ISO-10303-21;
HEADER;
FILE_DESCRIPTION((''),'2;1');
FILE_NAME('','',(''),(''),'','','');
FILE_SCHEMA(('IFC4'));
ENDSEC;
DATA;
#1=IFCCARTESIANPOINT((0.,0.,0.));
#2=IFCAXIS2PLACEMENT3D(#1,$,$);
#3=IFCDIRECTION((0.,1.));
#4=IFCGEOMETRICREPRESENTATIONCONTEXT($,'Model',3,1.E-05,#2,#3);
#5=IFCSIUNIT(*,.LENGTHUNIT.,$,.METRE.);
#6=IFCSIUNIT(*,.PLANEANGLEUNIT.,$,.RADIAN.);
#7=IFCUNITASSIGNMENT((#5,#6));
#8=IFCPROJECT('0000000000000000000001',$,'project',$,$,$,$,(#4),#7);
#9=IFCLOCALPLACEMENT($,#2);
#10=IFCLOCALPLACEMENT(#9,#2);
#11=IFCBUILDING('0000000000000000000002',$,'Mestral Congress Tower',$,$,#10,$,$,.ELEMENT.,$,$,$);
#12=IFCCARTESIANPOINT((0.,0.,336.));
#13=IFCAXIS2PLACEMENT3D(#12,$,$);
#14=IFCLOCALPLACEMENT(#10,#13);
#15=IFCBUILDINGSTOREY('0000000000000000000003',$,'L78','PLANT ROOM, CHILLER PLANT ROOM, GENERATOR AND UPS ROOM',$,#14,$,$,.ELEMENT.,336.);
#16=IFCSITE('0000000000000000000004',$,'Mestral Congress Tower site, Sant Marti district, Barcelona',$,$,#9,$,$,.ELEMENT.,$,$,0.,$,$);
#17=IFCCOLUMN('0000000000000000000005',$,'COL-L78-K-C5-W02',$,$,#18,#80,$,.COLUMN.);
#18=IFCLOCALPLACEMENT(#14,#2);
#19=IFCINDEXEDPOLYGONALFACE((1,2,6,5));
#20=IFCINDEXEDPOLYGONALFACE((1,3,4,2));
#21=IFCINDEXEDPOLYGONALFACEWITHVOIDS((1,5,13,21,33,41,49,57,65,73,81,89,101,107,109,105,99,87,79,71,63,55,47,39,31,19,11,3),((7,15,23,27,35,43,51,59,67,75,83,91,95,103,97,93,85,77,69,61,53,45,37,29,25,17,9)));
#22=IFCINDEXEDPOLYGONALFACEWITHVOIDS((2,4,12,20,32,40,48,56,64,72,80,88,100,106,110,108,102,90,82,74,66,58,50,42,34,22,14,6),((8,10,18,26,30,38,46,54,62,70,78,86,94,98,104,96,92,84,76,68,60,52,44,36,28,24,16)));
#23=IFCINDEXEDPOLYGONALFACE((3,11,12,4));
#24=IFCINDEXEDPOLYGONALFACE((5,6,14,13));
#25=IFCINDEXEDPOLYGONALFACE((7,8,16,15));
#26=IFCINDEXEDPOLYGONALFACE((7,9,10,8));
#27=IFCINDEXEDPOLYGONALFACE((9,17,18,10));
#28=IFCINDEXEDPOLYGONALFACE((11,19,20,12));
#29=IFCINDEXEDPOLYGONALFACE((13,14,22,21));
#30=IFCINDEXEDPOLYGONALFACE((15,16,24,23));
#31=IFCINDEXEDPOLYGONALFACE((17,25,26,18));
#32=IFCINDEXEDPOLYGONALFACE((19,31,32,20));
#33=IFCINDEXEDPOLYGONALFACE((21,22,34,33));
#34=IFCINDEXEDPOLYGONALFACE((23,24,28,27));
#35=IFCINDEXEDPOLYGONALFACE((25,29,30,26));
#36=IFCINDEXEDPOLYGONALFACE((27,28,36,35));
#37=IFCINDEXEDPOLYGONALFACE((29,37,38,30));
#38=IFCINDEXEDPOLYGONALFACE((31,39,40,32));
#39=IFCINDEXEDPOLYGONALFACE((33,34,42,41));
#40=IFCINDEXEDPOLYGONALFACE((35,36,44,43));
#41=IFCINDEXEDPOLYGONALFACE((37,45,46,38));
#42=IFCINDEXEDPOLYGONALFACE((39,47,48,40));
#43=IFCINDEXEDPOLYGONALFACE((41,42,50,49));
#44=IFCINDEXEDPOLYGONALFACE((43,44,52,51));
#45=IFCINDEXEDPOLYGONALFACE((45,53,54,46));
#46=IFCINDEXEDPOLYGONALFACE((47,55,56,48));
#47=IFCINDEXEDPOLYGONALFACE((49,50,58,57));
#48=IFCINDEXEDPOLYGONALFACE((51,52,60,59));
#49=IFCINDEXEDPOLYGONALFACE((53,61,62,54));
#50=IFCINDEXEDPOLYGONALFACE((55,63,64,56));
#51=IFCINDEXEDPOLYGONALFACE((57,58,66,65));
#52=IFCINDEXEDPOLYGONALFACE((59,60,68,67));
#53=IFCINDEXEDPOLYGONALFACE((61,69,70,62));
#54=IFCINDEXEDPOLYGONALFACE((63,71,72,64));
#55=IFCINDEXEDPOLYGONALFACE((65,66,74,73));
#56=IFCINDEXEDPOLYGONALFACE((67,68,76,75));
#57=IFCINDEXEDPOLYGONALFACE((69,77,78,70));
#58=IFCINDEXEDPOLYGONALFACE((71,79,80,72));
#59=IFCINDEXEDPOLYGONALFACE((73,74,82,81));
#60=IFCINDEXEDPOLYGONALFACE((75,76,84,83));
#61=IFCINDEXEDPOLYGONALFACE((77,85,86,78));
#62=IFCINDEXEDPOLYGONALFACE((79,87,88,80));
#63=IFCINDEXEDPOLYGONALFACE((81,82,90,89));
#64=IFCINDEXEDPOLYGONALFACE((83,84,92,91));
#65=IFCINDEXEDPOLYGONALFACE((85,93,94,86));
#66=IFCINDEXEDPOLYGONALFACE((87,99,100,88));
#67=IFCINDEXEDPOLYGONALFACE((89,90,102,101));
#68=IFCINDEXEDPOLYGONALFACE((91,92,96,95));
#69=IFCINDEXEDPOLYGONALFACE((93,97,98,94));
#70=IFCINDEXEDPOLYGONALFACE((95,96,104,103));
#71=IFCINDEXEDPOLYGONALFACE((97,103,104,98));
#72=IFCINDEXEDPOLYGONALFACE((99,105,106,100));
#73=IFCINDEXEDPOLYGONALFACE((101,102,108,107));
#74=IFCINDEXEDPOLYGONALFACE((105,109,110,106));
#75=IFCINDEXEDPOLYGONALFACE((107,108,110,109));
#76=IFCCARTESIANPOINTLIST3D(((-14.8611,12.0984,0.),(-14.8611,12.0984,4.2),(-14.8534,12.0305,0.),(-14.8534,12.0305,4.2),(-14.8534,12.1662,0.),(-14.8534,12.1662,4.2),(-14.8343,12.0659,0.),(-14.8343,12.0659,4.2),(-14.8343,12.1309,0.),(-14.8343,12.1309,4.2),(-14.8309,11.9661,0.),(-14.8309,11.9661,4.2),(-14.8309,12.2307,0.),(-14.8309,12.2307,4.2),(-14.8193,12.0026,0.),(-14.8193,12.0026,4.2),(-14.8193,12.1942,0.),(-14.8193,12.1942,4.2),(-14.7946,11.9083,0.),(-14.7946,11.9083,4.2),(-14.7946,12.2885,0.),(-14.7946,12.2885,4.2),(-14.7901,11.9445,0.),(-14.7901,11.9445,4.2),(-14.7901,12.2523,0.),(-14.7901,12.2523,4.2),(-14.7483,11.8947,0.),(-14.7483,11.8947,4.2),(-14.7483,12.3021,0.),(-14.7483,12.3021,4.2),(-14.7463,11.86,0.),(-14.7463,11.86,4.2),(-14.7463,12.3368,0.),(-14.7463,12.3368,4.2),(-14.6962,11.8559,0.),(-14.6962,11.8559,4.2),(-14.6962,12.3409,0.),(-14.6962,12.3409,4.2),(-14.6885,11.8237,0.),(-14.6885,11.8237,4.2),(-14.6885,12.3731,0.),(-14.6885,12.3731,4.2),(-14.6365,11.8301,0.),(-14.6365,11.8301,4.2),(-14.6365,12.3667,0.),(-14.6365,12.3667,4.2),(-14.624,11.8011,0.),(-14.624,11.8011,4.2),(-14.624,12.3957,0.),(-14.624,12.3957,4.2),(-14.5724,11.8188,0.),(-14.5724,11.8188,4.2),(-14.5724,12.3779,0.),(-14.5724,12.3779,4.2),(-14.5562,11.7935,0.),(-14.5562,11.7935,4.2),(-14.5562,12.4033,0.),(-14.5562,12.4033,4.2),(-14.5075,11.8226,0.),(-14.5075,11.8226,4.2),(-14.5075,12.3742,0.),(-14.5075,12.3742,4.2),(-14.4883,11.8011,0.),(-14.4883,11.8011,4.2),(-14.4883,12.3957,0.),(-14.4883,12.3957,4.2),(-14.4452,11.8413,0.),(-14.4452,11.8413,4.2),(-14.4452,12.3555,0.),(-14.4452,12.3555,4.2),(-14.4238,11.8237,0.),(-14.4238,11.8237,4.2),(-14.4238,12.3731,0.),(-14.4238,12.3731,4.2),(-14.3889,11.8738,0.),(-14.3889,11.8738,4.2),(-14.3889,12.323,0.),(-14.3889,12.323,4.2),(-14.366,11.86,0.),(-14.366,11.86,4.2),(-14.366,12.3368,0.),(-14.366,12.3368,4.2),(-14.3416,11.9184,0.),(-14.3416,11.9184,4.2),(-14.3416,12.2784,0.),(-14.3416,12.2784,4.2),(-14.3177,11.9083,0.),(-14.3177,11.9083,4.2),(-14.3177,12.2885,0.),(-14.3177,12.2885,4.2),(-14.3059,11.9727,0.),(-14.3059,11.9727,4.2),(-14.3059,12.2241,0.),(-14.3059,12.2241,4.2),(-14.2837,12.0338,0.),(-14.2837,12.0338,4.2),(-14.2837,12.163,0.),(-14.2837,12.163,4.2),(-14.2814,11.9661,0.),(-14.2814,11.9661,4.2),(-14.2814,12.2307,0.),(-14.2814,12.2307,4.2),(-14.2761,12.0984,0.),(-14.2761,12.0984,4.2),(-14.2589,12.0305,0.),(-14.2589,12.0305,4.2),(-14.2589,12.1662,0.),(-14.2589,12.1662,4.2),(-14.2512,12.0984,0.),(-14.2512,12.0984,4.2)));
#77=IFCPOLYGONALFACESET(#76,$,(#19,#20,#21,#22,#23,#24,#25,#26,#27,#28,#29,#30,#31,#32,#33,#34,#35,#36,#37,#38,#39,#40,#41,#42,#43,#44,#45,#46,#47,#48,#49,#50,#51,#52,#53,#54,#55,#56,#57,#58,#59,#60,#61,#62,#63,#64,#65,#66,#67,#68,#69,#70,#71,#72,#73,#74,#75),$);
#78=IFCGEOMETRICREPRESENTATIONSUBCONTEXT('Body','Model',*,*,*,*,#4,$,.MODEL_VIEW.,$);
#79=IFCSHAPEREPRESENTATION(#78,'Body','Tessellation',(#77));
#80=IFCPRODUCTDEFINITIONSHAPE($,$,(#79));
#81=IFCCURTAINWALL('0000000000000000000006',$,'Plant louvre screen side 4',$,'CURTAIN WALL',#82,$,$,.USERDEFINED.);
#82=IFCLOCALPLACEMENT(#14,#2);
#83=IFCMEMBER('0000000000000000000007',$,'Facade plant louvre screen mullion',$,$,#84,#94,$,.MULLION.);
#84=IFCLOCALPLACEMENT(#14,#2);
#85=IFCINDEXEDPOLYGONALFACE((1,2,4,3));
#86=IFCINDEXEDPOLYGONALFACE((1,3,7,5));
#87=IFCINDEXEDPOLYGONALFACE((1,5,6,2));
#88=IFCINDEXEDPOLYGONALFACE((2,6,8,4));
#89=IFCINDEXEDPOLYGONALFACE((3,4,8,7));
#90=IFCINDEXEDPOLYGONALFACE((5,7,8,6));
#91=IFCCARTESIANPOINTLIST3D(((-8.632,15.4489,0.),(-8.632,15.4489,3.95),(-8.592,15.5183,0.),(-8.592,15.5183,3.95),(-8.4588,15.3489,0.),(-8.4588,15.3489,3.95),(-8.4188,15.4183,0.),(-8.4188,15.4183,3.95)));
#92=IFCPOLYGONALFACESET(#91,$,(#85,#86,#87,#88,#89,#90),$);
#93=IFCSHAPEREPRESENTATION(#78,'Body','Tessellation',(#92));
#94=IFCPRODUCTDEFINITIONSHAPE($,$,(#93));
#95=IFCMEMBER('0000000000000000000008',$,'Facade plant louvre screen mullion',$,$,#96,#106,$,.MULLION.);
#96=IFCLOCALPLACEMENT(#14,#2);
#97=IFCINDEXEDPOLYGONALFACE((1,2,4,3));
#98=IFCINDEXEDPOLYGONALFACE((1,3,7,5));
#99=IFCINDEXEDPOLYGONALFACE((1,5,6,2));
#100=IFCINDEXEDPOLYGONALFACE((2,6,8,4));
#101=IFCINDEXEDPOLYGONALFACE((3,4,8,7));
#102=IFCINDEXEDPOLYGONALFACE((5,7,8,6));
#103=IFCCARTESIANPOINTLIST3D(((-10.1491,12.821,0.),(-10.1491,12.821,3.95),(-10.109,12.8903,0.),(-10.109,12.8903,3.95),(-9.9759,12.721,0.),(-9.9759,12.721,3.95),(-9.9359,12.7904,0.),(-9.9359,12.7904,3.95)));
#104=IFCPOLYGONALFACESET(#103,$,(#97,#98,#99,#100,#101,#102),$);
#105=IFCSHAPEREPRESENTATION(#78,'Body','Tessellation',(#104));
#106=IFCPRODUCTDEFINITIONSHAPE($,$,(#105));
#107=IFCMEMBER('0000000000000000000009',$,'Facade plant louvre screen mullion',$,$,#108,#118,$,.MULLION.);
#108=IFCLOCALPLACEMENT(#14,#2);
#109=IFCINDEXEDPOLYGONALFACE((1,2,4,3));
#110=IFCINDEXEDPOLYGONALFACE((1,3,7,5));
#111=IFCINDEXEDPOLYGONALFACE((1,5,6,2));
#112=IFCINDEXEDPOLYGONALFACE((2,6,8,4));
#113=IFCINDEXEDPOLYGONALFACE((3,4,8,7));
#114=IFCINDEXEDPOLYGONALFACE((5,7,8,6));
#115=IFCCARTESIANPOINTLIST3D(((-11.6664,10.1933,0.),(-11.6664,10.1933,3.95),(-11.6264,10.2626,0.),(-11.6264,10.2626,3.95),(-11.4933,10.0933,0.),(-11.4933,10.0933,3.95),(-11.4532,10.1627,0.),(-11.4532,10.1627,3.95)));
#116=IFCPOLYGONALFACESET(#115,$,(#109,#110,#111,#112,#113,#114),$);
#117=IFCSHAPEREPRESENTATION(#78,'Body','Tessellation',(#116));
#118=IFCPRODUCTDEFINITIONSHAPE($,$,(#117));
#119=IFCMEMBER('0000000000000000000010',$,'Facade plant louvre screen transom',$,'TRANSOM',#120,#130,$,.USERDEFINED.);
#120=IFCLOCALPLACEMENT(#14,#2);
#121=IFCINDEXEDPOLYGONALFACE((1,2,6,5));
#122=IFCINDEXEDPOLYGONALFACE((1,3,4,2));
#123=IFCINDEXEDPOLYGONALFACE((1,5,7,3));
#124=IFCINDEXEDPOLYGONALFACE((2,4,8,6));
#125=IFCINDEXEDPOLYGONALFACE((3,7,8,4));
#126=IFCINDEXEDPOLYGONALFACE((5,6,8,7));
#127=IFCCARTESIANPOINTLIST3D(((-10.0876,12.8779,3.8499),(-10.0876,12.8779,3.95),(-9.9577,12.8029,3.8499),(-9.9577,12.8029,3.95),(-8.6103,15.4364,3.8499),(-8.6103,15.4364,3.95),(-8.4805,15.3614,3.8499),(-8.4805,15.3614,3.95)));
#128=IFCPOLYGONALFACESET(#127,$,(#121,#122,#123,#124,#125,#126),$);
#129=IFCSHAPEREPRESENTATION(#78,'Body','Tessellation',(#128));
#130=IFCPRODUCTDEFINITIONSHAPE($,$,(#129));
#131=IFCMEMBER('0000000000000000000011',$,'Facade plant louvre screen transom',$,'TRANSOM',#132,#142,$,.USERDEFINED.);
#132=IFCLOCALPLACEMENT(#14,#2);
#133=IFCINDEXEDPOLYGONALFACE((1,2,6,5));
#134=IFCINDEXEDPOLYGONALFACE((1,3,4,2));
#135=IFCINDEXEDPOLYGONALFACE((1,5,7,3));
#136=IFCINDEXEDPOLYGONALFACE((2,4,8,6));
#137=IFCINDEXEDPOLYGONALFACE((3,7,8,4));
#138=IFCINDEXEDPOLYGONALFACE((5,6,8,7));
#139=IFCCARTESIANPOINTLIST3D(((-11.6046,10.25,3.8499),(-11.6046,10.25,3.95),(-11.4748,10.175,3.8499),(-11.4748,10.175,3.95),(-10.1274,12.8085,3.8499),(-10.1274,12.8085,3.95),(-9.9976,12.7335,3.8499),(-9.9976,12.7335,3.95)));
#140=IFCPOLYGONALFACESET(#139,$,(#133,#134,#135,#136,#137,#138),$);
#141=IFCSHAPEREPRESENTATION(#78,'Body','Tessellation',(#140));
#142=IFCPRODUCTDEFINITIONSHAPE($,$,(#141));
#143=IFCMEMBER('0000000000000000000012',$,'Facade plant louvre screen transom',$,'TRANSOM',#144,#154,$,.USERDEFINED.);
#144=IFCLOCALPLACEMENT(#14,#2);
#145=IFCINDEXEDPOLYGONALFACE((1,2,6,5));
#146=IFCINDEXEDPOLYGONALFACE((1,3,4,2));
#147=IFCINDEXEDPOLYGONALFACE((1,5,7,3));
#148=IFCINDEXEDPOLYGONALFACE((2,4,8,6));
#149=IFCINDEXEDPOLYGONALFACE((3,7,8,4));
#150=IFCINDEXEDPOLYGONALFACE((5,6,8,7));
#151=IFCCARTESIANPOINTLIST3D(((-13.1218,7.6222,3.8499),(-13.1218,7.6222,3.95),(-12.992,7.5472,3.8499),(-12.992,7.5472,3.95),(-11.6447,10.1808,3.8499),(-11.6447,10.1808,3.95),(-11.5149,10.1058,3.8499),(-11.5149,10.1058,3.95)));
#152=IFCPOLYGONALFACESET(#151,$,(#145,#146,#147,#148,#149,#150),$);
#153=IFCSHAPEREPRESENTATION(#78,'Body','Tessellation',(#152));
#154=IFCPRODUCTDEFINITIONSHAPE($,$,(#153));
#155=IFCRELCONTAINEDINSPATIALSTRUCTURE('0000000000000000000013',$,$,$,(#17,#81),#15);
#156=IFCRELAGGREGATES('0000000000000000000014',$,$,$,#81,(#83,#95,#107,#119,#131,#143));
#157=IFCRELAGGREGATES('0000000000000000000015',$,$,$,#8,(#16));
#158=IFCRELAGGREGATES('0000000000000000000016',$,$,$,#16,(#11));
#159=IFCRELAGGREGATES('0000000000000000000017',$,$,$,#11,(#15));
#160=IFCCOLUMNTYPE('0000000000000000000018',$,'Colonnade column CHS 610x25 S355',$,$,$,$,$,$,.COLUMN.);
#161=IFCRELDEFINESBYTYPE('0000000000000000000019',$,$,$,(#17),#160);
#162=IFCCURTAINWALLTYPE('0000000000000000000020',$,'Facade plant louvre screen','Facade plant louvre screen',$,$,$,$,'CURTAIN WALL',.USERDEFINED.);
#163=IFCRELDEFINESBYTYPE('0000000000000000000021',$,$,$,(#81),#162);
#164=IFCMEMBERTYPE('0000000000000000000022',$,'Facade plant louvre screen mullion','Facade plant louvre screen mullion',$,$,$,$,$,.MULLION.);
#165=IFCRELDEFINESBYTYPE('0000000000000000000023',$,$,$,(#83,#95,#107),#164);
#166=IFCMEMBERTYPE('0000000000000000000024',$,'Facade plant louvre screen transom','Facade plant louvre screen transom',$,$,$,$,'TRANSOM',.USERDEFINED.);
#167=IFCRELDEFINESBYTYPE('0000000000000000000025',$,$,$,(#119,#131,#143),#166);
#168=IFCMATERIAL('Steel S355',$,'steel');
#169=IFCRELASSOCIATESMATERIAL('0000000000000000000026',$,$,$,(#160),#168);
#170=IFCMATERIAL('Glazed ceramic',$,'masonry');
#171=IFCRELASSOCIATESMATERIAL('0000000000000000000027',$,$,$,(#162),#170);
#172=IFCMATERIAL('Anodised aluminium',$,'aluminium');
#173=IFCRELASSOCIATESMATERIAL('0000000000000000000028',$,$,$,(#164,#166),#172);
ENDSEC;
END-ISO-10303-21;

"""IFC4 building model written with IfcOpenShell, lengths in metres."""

from ifc_helpers import new_model, si_unit, direction, frame, origin, origin_2d, place, context, subcontext, project, spatial, rectangle, hollow_circle, extrude, material, material_profile, profile_set, type_object, element, aggregate, save


model = new_model("IFC4")

# Units and contexts
model_context = context("Model", 3, precision=1e-05, world=origin(), true_north=direction((0.0, 1.0)))
body_context = subcontext(model_context, "Body", "Model", "MODEL_VIEW")
ifc_project = project(units=[si_unit("LENGTHUNIT", "METRE"), si_unit("PLANEANGLEUNIT", "RADIAN")], contexts=[model_context])

# Site, building, storey
site_placement = place(None, origin())
site = spatial("IfcSite", under=ifc_project, at=site_placement, Name="Mestral Congress Tower site, Sant Marti district, Barcelona", CompositionType="ELEMENT", RefElevation=0.0)
building_placement = place(site_placement, origin())
building = spatial("IfcBuilding", under=site, at=building_placement, Name="Mestral Congress Tower", CompositionType="ELEMENT")
storey_placement = place(building_placement, frame((0.0, 0.0, 336.0)))
storey = spatial("IfcBuildingStorey", under=building, at=storey_placement, Name="L78", Description="PLANT ROOM, CHILLER PLANT ROOM, GENERATOR AND UPS ROOM", CompositionType="ELEMENT", Elevation=336.0)

# Column
ifc_material_1 = material(Name="Steel S355", Category="steel")
ifc_material_profile_1 = material_profile(ifc_material_1, hollow_circle(Radius=0.3049, WallThickness=0.0249, at=origin_2d()), Name="CHS 610x25")
ifc_profile_set_1 = profile_set([ifc_material_profile_1], Name="Steel S355")
column_type = type_object("IfcColumnType", Name="Colonnade column CHS 610x25 S355", PredefinedType="COLUMN", material=ifc_profile_set_1)
column_placement = place(storey_placement, frame((-14.5562, 12.0984, 0.0), z_axis=(0.0, 0.0, 1.0), x_axis=(1.0, 0.0, 0.0)))
element("IfcColumn", 1, at=column_placement, inside=storey, type_object=column_type, Name="COL-L78-K-C5-W02", PredefinedType="COLUMN", context=body_context, shape_type="SweptSolid", body=[
    extrude(hollow_circle(Radius=0.3049, WallThickness=0.0249, at=origin_2d()), origin(), (0.0, 0.0, 1.0), 4.2),
])

# Curtain wall, members
ifc_material_2 = material(Name="Glazed ceramic", Category="masonry")
curtain_wall_type = type_object("IfcCurtainWallType", Name="Facade plant louvre screen", Description="Facade plant louvre screen", ElementType="CURTAIN WALL", PredefinedType="USERDEFINED", material=ifc_material_2)
placement = place(storey_placement, origin())
curtain_wall = element("IfcCurtainWall", 2, at=placement, inside=storey, type_object=curtain_wall_type, Name="Plant louvre screen side 4", ObjectType="CURTAIN WALL", PredefinedType="USERDEFINED")
ifc_material_3 = material(Name="Anodised aluminium", Category="aluminium")
ifc_material_profile_2 = material_profile(ifc_material_3, rectangle(XDim=0.2, YDim=0.0801, at=origin_2d()), Name="CW6 mullion 200 x 80")
ifc_profile_set_2 = profile_set([ifc_material_profile_2], Name="Anodised aluminium")
member_type_1 = type_object("IfcMemberType", Name="Facade plant louvre screen mullion", Description="Facade plant louvre screen mullion", PredefinedType="MULLION", material=ifc_profile_set_2)
member_1_placement = place(storey_placement, frame((-8.5254, 15.4336, 0.0), z_axis=(0.0, 0.0, 1.0), x_axis=(-0.866025, 0.500002, 0.0)))
member_1 = element("IfcMember", 3, at=member_1_placement, type_object=member_type_1, Name="Facade plant louvre screen mullion", PredefinedType="MULLION", context=body_context, shape_type="SweptSolid", body=[
    extrude(rectangle(XDim=0.2, YDim=0.0801, at=origin_2d()), origin(), (0.0, 0.0, 1.0), 3.95),
])
member_2_placement = place(storey_placement, frame((-10.0425, 12.8057, 0.0), z_axis=(0.0, 0.0, 1.0), x_axis=(-0.866025, 0.500002, 0.0)))
member_2 = element("IfcMember", 4, at=member_2_placement, type_object=member_type_1, Name="Facade plant louvre screen mullion", PredefinedType="MULLION", context=body_context, shape_type="SweptSolid", body=[
    extrude(rectangle(XDim=0.2, YDim=0.0801, at=origin_2d()), origin(), (0.0, 0.0, 1.0), 3.95),
])
member_3_placement = place(storey_placement, frame((-11.5598, 10.178, 0.0), z_axis=(0.0, 0.0, 1.0), x_axis=(-0.866025, 0.500002, 0.0)))
member_3 = element("IfcMember", 5, at=member_3_placement, type_object=member_type_1, Name="Facade plant louvre screen mullion", PredefinedType="MULLION", context=body_context, shape_type="SweptSolid", body=[
    extrude(rectangle(XDim=0.2, YDim=0.0801, at=origin_2d()), origin(), (0.0, 0.0, 1.0), 3.95),
])
ifc_material_profile_3 = material_profile(ifc_material_3, rectangle(XDim=0.1499, YDim=0.1001, at=origin_2d()), Name="CW6 transom 150 x 100")
ifc_profile_set_3 = profile_set([ifc_material_profile_3], Name="Anodised aluminium")
member_type_2 = type_object("IfcMemberType", Name="Facade plant louvre screen transom", Description="Facade plant louvre screen transom", ElementType="TRANSOM", PredefinedType="USERDEFINED", material=ifc_profile_set_3)
member_4_placement = place(storey_placement, frame((-8.5454, 15.3989, 3.8999), z_axis=(-0.500023, -0.866012, 0.0), x_axis=(0.866012, -0.500023, 0.0)))
member_4 = element("IfcMember", 6, at=member_4_placement, type_object=member_type_2, Name="Facade plant louvre screen transom", ObjectType="TRANSOM", PredefinedType="USERDEFINED", context=body_context, shape_type="SweptSolid", body=[
    extrude(rectangle(XDim=0.1499, YDim=0.1001, at=origin_2d()), origin(), (0.0, 0.0, 1.0), 2.9543),
])
member_5_placement = place(storey_placement, frame((-10.0625, 12.771, 3.8999), z_axis=(-0.500023, -0.866012, 0.0), x_axis=(0.866012, -0.500023, 0.0)))
member_5 = element("IfcMember", 7, at=member_5_placement, type_object=member_type_2, Name="Facade plant louvre screen transom", ObjectType="TRANSOM", PredefinedType="USERDEFINED", context=body_context, shape_type="SweptSolid", body=[
    extrude(rectangle(XDim=0.1499, YDim=0.1001, at=origin_2d()), origin(), (0.0, 0.0, 1.0), 2.9543),
])
member_6_placement = place(storey_placement, frame((-11.5798, 10.1433, 3.8999), z_axis=(-0.499961, -0.866048, 0.0), x_axis=(0.866048, -0.499961, 0.0)))
member_6 = element("IfcMember", 8, at=member_6_placement, type_object=member_type_2, Name="Facade plant louvre screen transom", ObjectType="TRANSOM", PredefinedType="USERDEFINED", context=body_context, shape_type="SweptSolid", body=[
    extrude(rectangle(XDim=0.1499, YDim=0.1001, at=origin_2d()), origin(), (0.0, 0.0, 1.0), 2.9543),
])

aggregate(curtain_wall, [member_1, member_2, member_3, member_4, member_5, member_6])

save(model, "model.ifc")
